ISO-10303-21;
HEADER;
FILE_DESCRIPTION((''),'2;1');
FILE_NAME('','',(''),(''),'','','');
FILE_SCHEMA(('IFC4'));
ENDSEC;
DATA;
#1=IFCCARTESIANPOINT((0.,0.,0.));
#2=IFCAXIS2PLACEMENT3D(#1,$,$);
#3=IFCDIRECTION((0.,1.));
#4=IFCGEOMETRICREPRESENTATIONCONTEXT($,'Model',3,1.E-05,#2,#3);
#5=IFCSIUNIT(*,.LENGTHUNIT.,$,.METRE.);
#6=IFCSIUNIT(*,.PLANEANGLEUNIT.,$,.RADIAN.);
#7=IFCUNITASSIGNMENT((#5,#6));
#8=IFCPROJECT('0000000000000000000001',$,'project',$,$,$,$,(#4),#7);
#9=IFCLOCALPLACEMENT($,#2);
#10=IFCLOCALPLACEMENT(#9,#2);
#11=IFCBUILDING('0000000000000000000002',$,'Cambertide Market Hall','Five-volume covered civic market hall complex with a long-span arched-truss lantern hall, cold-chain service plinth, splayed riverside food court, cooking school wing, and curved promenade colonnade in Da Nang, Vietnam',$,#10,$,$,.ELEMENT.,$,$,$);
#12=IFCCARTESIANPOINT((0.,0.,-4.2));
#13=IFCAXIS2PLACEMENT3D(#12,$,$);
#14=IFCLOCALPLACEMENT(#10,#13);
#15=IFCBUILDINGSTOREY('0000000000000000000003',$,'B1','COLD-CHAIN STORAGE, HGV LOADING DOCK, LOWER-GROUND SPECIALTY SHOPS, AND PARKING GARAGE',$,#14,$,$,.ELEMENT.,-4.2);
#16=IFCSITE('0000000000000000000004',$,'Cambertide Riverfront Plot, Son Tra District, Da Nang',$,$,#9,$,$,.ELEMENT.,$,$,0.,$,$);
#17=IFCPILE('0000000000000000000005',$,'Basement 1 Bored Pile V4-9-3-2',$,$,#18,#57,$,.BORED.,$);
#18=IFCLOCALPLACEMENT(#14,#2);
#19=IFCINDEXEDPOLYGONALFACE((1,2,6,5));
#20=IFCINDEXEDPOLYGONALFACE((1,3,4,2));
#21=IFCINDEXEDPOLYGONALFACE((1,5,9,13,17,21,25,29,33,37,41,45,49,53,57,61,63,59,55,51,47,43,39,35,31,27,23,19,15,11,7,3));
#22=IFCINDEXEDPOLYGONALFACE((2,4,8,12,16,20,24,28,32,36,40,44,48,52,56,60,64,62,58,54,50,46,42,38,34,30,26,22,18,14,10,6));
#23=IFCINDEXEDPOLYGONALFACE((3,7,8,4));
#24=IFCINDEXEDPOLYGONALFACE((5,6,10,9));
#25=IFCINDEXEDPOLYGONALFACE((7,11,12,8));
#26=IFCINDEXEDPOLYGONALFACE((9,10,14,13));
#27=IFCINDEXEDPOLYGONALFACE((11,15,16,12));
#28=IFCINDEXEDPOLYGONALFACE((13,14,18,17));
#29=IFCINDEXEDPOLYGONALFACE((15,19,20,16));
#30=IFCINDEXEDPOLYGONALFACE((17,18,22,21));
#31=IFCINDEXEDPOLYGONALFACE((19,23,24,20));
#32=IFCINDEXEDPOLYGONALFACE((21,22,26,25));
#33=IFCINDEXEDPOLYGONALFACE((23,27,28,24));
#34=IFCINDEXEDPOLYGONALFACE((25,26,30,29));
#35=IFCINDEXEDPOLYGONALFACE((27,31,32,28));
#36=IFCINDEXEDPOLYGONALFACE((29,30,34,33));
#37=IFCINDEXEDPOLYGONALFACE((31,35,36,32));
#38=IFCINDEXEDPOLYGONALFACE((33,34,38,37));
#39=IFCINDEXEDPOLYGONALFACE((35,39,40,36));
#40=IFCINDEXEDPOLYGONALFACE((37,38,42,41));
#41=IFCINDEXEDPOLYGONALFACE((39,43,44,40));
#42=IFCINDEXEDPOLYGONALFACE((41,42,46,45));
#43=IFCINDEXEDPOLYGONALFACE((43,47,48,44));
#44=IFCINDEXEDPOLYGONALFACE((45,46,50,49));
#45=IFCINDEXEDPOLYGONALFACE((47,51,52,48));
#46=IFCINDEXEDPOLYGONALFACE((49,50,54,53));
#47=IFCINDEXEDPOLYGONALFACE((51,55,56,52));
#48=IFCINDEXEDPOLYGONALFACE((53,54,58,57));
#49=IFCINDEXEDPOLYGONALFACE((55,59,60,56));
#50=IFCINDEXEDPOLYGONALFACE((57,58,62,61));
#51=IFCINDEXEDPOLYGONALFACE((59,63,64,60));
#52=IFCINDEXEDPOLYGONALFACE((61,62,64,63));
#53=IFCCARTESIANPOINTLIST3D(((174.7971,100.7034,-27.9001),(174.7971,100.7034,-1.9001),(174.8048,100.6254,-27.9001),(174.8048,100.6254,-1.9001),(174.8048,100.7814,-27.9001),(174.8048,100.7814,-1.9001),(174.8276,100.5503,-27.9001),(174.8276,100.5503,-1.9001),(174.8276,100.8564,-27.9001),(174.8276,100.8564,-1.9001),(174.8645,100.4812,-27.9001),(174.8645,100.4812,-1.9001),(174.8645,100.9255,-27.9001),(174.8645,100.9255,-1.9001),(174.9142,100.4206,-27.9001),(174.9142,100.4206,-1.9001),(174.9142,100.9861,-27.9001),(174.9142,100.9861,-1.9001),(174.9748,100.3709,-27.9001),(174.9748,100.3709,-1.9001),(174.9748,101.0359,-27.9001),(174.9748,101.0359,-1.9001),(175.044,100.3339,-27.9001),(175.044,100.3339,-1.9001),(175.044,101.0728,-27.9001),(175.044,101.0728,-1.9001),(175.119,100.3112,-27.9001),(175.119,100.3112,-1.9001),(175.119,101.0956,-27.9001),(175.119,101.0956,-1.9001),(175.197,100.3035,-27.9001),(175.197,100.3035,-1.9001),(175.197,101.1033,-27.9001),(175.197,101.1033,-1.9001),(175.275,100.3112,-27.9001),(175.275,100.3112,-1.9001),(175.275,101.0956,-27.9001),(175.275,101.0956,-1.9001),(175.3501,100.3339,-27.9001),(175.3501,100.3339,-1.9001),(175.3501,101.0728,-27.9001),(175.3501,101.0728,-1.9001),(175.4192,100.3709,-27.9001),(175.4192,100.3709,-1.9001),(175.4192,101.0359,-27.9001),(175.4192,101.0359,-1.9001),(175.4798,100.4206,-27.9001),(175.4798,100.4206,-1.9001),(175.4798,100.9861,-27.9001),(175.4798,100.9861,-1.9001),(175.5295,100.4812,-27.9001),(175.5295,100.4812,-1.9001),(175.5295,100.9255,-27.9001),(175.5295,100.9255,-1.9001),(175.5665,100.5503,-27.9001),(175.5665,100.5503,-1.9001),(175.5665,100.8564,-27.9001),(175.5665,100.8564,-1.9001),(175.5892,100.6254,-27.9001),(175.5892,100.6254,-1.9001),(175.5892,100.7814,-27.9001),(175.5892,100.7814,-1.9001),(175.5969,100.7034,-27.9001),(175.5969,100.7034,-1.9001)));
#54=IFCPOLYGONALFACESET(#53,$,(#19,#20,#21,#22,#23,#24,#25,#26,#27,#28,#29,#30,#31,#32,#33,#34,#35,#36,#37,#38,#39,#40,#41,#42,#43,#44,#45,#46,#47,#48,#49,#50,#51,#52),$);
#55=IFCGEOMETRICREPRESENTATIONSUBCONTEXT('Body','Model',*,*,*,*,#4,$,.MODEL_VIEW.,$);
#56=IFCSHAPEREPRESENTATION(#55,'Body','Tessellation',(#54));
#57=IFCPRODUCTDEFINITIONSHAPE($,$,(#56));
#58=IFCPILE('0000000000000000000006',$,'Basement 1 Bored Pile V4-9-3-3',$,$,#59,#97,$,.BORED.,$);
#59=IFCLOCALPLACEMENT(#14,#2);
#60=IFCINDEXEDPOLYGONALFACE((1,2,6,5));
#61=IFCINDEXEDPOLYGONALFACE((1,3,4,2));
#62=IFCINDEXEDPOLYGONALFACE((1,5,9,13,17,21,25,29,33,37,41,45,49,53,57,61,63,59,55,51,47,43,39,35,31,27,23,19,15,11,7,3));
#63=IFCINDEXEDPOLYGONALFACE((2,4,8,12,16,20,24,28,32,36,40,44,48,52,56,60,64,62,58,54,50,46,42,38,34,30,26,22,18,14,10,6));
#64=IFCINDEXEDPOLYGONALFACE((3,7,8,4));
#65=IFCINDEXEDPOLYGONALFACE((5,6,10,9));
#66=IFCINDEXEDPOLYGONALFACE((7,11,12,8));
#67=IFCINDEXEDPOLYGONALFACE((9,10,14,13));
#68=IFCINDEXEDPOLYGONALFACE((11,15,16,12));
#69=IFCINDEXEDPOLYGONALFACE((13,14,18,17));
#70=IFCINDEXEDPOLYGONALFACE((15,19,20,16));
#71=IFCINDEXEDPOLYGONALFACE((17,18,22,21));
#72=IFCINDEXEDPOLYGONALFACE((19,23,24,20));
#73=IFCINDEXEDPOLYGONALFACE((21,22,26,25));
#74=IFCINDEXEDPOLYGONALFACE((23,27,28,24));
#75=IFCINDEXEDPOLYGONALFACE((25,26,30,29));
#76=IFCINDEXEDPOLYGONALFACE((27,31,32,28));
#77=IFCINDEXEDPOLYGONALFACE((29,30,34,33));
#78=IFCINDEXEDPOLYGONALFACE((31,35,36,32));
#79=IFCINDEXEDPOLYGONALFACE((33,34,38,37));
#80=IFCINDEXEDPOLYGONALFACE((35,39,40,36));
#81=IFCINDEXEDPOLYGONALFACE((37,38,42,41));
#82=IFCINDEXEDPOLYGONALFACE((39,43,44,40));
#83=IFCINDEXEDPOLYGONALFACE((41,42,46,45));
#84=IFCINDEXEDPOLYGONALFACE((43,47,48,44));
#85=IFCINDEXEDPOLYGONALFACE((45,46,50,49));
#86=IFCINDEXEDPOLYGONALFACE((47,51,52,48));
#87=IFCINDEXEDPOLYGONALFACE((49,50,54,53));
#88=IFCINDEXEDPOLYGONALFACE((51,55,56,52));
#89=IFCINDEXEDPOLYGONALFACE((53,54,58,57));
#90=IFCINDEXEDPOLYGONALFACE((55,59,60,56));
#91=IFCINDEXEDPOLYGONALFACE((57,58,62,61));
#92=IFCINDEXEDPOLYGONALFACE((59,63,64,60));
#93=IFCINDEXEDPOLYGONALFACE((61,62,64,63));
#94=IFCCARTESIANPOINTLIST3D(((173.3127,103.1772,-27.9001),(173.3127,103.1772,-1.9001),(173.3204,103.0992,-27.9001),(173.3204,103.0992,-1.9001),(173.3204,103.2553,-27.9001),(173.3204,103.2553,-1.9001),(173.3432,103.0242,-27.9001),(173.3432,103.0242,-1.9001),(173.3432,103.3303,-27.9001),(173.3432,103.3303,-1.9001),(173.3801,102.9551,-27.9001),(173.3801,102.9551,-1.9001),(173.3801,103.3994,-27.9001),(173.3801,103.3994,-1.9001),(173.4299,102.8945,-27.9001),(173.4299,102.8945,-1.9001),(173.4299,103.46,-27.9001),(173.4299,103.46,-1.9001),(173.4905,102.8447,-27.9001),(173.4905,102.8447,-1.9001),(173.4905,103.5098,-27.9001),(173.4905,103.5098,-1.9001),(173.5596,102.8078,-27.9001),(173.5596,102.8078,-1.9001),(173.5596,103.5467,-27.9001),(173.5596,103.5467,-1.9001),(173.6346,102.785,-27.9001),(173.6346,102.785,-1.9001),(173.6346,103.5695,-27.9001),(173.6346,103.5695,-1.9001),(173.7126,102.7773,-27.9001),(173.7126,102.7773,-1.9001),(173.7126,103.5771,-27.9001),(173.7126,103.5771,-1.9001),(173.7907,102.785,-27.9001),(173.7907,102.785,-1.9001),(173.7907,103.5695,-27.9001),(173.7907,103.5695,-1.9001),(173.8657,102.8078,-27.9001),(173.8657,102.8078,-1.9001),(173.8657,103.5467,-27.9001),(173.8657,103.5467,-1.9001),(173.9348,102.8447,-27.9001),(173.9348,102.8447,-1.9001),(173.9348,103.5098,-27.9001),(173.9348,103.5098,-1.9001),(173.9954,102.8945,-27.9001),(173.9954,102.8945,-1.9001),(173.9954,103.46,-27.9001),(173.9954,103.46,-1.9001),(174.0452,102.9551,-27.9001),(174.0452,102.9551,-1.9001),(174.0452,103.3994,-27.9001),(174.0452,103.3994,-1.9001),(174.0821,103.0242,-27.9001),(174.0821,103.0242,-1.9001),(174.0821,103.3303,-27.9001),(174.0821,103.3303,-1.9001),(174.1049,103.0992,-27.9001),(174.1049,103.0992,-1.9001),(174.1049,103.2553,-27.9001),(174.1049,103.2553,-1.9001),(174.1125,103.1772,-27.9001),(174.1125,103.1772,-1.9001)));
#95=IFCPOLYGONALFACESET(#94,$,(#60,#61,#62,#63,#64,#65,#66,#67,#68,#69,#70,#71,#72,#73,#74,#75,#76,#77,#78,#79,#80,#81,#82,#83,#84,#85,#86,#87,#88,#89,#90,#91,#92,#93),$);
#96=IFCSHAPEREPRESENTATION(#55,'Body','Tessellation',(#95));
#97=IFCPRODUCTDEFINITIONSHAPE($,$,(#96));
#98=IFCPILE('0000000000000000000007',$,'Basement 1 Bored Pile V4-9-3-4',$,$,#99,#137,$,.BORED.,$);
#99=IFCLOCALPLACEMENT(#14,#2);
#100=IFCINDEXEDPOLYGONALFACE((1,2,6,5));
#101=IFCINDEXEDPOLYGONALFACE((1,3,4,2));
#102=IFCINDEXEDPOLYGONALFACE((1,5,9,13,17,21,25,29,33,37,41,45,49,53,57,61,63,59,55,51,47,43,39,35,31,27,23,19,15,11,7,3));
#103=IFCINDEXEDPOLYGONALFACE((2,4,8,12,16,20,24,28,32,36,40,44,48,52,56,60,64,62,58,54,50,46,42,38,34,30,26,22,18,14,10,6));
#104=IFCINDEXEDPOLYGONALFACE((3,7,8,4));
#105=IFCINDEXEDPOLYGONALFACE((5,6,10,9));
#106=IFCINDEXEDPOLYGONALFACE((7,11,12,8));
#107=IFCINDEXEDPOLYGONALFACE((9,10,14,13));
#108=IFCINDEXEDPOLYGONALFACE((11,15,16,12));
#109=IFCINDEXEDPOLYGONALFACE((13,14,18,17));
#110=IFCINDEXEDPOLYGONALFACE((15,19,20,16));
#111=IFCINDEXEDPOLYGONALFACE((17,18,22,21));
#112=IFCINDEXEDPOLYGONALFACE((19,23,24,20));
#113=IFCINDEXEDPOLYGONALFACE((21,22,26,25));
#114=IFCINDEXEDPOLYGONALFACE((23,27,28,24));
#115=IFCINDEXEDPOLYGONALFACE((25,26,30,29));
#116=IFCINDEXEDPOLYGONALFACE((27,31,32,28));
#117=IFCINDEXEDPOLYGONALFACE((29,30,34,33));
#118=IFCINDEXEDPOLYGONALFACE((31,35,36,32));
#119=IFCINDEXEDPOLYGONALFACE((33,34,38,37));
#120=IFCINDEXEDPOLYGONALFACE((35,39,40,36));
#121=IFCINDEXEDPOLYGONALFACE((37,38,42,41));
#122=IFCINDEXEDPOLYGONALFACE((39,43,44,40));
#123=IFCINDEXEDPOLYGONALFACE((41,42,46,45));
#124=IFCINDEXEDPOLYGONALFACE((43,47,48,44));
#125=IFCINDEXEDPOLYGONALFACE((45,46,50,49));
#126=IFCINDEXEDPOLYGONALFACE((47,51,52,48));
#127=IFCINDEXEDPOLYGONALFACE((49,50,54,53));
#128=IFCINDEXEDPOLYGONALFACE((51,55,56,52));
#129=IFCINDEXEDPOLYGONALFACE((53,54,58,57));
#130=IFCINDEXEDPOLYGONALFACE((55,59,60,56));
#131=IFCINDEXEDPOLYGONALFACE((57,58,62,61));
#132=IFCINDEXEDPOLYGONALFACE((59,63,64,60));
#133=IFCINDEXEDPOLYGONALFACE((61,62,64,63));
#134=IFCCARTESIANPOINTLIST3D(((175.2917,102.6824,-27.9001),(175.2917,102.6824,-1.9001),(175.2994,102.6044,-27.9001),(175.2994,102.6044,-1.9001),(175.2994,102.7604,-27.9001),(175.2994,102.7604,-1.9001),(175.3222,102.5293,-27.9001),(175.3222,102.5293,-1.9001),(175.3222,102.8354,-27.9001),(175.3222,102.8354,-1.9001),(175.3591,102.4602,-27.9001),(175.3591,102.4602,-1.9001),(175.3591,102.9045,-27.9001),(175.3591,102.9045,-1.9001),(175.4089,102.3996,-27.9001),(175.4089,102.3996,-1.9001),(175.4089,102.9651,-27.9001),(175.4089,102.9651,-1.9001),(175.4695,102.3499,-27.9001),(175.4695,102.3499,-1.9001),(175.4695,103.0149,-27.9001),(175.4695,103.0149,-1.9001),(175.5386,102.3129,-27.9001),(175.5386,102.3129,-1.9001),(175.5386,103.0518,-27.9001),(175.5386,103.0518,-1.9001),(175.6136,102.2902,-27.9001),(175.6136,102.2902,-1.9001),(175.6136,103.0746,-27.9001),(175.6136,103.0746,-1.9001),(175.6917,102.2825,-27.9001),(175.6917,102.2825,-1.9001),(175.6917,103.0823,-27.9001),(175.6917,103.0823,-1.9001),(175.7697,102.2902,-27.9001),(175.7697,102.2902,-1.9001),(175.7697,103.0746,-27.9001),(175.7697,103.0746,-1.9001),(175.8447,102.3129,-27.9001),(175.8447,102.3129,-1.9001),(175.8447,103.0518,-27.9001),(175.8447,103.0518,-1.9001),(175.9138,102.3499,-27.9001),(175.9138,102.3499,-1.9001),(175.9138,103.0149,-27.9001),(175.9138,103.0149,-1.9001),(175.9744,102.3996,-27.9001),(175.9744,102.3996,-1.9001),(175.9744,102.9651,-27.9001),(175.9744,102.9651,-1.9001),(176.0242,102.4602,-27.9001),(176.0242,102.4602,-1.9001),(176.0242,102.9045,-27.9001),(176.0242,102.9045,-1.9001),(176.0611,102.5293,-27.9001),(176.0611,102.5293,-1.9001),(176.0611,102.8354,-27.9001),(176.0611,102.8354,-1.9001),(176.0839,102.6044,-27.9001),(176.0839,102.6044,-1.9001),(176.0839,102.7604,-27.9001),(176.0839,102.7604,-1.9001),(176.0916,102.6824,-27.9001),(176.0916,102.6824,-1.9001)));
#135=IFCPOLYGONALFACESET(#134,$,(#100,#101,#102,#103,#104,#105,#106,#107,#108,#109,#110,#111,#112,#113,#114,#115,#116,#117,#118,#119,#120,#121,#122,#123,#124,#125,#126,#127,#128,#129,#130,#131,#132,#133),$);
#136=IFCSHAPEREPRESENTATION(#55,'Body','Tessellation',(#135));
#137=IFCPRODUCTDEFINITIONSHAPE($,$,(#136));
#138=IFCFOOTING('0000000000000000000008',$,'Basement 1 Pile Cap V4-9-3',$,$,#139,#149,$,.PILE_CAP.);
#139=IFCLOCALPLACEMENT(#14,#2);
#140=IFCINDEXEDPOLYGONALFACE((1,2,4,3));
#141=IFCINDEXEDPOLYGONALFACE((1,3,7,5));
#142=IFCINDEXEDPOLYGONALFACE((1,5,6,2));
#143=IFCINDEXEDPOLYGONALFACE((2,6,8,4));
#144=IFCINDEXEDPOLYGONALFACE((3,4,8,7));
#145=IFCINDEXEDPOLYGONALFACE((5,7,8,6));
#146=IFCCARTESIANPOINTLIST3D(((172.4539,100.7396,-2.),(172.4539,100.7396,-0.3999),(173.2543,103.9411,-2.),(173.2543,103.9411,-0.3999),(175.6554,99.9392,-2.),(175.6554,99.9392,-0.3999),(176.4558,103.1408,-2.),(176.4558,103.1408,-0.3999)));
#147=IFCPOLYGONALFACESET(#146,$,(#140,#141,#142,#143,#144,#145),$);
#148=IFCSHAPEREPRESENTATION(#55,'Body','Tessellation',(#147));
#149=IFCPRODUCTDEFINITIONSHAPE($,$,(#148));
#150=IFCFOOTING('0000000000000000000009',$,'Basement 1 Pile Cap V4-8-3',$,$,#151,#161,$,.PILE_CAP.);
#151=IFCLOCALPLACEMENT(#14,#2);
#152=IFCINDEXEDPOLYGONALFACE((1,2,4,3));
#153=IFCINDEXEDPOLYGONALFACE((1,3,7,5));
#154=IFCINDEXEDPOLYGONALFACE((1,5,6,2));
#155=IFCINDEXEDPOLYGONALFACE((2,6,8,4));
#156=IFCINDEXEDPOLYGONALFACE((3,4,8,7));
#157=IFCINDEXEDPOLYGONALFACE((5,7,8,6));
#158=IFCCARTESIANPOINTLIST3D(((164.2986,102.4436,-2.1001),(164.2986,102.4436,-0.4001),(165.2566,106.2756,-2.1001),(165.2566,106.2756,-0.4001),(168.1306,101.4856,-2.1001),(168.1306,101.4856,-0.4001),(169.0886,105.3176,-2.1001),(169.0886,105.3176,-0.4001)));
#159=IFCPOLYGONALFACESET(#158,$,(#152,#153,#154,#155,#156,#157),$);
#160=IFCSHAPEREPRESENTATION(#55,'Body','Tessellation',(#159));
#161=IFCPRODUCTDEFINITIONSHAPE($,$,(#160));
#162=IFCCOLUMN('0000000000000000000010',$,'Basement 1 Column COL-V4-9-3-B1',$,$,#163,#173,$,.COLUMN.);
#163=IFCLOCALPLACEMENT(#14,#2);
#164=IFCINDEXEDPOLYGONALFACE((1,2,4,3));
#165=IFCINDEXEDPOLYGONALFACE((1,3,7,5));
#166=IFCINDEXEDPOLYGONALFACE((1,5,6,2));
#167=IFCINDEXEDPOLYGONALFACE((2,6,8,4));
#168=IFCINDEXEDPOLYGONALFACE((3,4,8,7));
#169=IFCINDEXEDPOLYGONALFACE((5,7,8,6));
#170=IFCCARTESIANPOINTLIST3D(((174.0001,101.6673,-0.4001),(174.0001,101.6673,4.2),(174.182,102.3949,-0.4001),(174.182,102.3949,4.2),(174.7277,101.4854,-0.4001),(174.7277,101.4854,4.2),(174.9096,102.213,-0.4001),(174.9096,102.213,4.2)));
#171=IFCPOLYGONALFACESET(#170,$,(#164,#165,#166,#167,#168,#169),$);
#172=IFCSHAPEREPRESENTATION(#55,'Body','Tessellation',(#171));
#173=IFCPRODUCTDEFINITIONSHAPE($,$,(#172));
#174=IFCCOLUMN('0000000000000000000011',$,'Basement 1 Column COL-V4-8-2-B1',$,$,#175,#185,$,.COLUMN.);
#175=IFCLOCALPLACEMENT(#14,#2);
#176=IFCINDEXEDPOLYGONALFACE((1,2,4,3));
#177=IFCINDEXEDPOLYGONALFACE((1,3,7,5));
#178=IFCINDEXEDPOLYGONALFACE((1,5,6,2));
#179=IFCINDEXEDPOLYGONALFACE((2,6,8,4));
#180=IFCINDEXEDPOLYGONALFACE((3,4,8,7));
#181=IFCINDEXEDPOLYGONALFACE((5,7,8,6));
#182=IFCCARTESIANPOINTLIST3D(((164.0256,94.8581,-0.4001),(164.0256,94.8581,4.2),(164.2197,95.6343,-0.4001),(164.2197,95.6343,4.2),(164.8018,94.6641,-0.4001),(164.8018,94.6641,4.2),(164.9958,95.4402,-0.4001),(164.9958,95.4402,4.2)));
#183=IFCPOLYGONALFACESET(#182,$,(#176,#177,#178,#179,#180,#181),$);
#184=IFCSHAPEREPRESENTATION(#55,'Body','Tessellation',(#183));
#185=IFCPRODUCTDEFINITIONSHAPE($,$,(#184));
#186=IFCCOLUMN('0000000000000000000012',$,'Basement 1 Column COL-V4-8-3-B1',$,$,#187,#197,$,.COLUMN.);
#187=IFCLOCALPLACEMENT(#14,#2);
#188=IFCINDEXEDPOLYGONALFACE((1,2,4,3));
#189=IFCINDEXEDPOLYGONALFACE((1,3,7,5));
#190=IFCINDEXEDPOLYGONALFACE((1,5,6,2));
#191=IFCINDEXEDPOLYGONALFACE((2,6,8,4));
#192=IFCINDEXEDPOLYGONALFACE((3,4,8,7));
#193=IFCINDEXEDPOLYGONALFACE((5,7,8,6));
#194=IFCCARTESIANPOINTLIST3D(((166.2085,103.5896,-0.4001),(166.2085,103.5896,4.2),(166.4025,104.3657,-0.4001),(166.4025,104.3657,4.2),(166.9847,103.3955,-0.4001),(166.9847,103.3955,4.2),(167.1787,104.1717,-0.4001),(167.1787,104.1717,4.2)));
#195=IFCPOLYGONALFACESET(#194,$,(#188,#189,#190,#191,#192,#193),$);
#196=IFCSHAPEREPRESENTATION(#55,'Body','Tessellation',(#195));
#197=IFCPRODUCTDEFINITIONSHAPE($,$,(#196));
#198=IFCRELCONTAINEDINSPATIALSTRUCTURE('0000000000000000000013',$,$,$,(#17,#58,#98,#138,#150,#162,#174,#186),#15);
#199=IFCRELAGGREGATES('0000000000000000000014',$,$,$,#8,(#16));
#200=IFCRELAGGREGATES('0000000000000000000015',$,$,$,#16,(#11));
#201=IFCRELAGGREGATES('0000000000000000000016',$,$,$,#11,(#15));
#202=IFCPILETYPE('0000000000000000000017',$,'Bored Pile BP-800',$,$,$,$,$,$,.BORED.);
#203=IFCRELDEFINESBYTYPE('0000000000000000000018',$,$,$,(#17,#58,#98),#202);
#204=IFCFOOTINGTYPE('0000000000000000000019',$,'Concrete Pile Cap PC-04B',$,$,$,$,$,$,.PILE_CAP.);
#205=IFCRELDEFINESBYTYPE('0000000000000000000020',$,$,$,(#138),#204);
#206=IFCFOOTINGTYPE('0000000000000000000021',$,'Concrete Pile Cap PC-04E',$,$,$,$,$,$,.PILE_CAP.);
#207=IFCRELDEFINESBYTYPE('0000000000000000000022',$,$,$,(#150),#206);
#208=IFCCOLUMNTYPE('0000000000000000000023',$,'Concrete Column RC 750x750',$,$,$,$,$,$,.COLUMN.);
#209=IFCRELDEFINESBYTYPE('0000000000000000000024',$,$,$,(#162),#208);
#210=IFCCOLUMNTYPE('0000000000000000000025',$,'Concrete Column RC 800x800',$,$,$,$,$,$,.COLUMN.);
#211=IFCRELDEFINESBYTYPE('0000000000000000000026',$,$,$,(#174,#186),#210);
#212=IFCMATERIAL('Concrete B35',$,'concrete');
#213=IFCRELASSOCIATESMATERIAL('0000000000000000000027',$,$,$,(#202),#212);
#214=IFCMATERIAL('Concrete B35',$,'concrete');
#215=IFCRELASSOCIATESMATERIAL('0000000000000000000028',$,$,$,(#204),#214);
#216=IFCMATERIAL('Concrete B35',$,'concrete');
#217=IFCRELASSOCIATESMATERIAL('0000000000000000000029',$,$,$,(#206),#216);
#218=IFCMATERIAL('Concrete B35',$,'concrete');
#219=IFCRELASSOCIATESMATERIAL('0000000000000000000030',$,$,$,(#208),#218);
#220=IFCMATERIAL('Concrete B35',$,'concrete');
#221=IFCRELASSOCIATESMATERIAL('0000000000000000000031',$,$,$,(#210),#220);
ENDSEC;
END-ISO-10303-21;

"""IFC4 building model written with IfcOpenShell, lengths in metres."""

from ifc_helpers import new_model, si_unit, direction, frame, origin, origin_2d, place, context, subcontext, project, spatial, rectangle, circle, extrude, material, material_profile, profile_set, type_object, element, save


model = new_model("IFC4")

# Units and contexts
model_context = context("Model", 3, precision=1e-05, world=origin(), true_north=direction((0.0, 1.0)))
body_context = subcontext(model_context, "Body", "Model", "MODEL_VIEW")
ifc_project = project(units=[si_unit("LENGTHUNIT", "METRE"), si_unit("PLANEANGLEUNIT", "RADIAN")], contexts=[model_context])

# Site, building, storey
site_placement = place(None, origin())
site = spatial("IfcSite", under=ifc_project, at=site_placement, Name="Cambertide Riverfront Plot, Son Tra District, Da Nang", CompositionType="ELEMENT", RefElevation=0.0)
building_placement = place(site_placement, origin())
building = spatial("IfcBuilding", under=site, at=building_placement, Name="Cambertide Market Hall", Description="Five-volume covered civic market hall complex with a long-span arched-truss lantern hall, cold-chain service plinth, splayed riverside food court, cooking school wing, and curved promenade colonnade in Da Nang, Vietnam", CompositionType="ELEMENT")
storey_placement = place(building_placement, frame((0.0, 0.0, -4.2)))
storey = spatial("IfcBuildingStorey", under=building, at=storey_placement, Name="B1", Description="COLD-CHAIN STORAGE, HGV LOADING DOCK, LOWER-GROUND SPECIALTY SHOPS, AND PARKING GARAGE", CompositionType="ELEMENT", Elevation=-4.2)

# Piles
ifc_material_1 = material(Name="Concrete B35", Category="concrete")
ifc_material_profile_1 = material_profile(ifc_material_1, circle(Radius=0.3999, at=origin_2d()), Name="BP D800")
ifc_profile_set_1 = profile_set([ifc_material_profile_1], Name="Concrete B35")
pile_type_1 = type_object("IfcPileType", Name="Bored Pile BP-800", PredefinedType="BORED", material=ifc_profile_set_1)
for number, where, z_axis, x_axis, name in (
    (1, (175.197, 100.7034, -1.9001), (0.0, 0.0, -1.0), (1.0, 0.0, 0.0), "Basement 1 Bored Pile V4-9-3-2"),
    (2, (173.7126, 103.1772, -1.9001), (0.0, 0.0, -1.0), (1.0, 0.0, 0.0), "Basement 1 Bored Pile V4-9-3-3"),
    (3, (175.6917, 102.6824, -1.9001), (0.0, 0.0, -1.0), (1.0, 0.0, 0.0), "Basement 1 Bored Pile V4-9-3-4"),
):
    element("IfcPile", number, at=place(storey_placement, frame(where, z_axis=z_axis, x_axis=x_axis)), inside=storey, type_object=pile_type_1, Name=name, PredefinedType="BORED", context=body_context, shape_type="SweptSolid", body=[
        extrude(circle(Radius=0.3999, at=origin_2d()), origin(), (0.0, 0.0, 1.0), 26.0),
    ])

# Footings
ifc_material_2 = material(Name="Concrete B35", Category="concrete")
footing_type_1 = type_object("IfcFootingType", Name="Concrete Pile Cap PC-04B", PredefinedType="PILE_CAP", material=ifc_material_2)
footing_1_placement = place(storey_placement, frame((174.4548, 101.9402, -2.0), z_axis=(0.0, 0.0, 1.0), x_axis=(0.970143, -0.242536, 0.0)))
element("IfcFooting", 4, at=footing_1_placement, inside=storey, type_object=footing_type_1, Name="Basement 1 Pile Cap V4-9-3", PredefinedType="PILE_CAP", context=body_context, shape_type="SweptSolid", body=[
    extrude(rectangle(XDim=3.3, YDim=3.3, at=origin_2d()), origin(), (0.0, 0.0, 1.0), 1.6001),
])
ifc_material_3 = material(Name="Concrete B35", Category="concrete")
footing_type_2 = type_object("IfcFootingType", Name="Concrete Pile Cap PC-04E", PredefinedType="PILE_CAP", material=ifc_material_3)
footing_2_placement = place(storey_placement, frame((166.6936, 103.8806, -2.1001), z_axis=(0.0, 0.0, 1.0), x_axis=(0.970143, -0.242536, 0.0)))
element("IfcFooting", 5, at=footing_2_placement, inside=storey, type_object=footing_type_2, Name="Basement 1 Pile Cap V4-8-3", PredefinedType="PILE_CAP", context=body_context, shape_type="SweptSolid", body=[
    extrude(rectangle(XDim=3.95, YDim=3.95, at=origin_2d()), origin(), (0.0, 0.0, 1.0), 1.7),
])

# Columns
ifc_material_4 = material(Name="Concrete B35", Category="concrete")
ifc_material_profile_2 = material_profile(ifc_material_4, rectangle(XDim=0.75, YDim=0.75, at=origin_2d()), Name="RC 750x750")
ifc_profile_set_2 = profile_set([ifc_material_profile_2], Name="Concrete B35")
column_type_1 = type_object("IfcColumnType", Name="Concrete Column RC 750x750", PredefinedType="COLUMN", material=ifc_profile_set_2)
column_placement = place(storey_placement, frame((174.4548, 101.9402, -0.4001), z_axis=(0.0, 0.0, 1.0), x_axis=(0.970143, -0.242536, 0.0)))
element("IfcColumn", 6, at=column_placement, inside=storey, type_object=column_type_1, Name="Basement 1 Column COL-V4-9-3-B1", PredefinedType="COLUMN", context=body_context, shape_type="SweptSolid", body=[
    extrude(rectangle(XDim=0.75, YDim=0.75, at=origin_2d()), origin(), (0.0, 0.0, 1.0), 4.6001),
])
ifc_material_5 = material(Name="Concrete B35", Category="concrete")
ifc_material_profile_3 = material_profile(ifc_material_5, rectangle(XDim=0.8, YDim=0.8, at=origin_2d()), Name="RC 800x800")
ifc_profile_set_3 = profile_set([ifc_material_profile_3], Name="Concrete B35")
column_type_2 = type_object("IfcColumnType", Name="Concrete Column RC 800x800", PredefinedType="COLUMN", material=ifc_profile_set_3)
for number, where, z_axis, x_axis, name in (
    (7, (164.5107, 95.1492, -0.4001), (0.0, 0.0, 1.0), (0.970143, -0.242536, 0.0), "Basement 1 Column COL-V4-8-2-B1"),
    (8, (166.6936, 103.8806, -0.4001), (0.0, 0.0, 1.0), (0.970143, -0.242536, 0.0), "Basement 1 Column COL-V4-8-3-B1"),
):
    element("IfcColumn", number, at=place(storey_placement, frame(where, z_axis=z_axis, x_axis=x_axis)), inside=storey, type_object=column_type_2, Name=name, PredefinedType="COLUMN", context=body_context, shape_type="SweptSolid", body=[
        extrude(rectangle(XDim=0.8, YDim=0.8, at=origin_2d()), origin(), (0.0, 0.0, 1.0), 4.6001),
    ])

save(model, "model.ifc")
